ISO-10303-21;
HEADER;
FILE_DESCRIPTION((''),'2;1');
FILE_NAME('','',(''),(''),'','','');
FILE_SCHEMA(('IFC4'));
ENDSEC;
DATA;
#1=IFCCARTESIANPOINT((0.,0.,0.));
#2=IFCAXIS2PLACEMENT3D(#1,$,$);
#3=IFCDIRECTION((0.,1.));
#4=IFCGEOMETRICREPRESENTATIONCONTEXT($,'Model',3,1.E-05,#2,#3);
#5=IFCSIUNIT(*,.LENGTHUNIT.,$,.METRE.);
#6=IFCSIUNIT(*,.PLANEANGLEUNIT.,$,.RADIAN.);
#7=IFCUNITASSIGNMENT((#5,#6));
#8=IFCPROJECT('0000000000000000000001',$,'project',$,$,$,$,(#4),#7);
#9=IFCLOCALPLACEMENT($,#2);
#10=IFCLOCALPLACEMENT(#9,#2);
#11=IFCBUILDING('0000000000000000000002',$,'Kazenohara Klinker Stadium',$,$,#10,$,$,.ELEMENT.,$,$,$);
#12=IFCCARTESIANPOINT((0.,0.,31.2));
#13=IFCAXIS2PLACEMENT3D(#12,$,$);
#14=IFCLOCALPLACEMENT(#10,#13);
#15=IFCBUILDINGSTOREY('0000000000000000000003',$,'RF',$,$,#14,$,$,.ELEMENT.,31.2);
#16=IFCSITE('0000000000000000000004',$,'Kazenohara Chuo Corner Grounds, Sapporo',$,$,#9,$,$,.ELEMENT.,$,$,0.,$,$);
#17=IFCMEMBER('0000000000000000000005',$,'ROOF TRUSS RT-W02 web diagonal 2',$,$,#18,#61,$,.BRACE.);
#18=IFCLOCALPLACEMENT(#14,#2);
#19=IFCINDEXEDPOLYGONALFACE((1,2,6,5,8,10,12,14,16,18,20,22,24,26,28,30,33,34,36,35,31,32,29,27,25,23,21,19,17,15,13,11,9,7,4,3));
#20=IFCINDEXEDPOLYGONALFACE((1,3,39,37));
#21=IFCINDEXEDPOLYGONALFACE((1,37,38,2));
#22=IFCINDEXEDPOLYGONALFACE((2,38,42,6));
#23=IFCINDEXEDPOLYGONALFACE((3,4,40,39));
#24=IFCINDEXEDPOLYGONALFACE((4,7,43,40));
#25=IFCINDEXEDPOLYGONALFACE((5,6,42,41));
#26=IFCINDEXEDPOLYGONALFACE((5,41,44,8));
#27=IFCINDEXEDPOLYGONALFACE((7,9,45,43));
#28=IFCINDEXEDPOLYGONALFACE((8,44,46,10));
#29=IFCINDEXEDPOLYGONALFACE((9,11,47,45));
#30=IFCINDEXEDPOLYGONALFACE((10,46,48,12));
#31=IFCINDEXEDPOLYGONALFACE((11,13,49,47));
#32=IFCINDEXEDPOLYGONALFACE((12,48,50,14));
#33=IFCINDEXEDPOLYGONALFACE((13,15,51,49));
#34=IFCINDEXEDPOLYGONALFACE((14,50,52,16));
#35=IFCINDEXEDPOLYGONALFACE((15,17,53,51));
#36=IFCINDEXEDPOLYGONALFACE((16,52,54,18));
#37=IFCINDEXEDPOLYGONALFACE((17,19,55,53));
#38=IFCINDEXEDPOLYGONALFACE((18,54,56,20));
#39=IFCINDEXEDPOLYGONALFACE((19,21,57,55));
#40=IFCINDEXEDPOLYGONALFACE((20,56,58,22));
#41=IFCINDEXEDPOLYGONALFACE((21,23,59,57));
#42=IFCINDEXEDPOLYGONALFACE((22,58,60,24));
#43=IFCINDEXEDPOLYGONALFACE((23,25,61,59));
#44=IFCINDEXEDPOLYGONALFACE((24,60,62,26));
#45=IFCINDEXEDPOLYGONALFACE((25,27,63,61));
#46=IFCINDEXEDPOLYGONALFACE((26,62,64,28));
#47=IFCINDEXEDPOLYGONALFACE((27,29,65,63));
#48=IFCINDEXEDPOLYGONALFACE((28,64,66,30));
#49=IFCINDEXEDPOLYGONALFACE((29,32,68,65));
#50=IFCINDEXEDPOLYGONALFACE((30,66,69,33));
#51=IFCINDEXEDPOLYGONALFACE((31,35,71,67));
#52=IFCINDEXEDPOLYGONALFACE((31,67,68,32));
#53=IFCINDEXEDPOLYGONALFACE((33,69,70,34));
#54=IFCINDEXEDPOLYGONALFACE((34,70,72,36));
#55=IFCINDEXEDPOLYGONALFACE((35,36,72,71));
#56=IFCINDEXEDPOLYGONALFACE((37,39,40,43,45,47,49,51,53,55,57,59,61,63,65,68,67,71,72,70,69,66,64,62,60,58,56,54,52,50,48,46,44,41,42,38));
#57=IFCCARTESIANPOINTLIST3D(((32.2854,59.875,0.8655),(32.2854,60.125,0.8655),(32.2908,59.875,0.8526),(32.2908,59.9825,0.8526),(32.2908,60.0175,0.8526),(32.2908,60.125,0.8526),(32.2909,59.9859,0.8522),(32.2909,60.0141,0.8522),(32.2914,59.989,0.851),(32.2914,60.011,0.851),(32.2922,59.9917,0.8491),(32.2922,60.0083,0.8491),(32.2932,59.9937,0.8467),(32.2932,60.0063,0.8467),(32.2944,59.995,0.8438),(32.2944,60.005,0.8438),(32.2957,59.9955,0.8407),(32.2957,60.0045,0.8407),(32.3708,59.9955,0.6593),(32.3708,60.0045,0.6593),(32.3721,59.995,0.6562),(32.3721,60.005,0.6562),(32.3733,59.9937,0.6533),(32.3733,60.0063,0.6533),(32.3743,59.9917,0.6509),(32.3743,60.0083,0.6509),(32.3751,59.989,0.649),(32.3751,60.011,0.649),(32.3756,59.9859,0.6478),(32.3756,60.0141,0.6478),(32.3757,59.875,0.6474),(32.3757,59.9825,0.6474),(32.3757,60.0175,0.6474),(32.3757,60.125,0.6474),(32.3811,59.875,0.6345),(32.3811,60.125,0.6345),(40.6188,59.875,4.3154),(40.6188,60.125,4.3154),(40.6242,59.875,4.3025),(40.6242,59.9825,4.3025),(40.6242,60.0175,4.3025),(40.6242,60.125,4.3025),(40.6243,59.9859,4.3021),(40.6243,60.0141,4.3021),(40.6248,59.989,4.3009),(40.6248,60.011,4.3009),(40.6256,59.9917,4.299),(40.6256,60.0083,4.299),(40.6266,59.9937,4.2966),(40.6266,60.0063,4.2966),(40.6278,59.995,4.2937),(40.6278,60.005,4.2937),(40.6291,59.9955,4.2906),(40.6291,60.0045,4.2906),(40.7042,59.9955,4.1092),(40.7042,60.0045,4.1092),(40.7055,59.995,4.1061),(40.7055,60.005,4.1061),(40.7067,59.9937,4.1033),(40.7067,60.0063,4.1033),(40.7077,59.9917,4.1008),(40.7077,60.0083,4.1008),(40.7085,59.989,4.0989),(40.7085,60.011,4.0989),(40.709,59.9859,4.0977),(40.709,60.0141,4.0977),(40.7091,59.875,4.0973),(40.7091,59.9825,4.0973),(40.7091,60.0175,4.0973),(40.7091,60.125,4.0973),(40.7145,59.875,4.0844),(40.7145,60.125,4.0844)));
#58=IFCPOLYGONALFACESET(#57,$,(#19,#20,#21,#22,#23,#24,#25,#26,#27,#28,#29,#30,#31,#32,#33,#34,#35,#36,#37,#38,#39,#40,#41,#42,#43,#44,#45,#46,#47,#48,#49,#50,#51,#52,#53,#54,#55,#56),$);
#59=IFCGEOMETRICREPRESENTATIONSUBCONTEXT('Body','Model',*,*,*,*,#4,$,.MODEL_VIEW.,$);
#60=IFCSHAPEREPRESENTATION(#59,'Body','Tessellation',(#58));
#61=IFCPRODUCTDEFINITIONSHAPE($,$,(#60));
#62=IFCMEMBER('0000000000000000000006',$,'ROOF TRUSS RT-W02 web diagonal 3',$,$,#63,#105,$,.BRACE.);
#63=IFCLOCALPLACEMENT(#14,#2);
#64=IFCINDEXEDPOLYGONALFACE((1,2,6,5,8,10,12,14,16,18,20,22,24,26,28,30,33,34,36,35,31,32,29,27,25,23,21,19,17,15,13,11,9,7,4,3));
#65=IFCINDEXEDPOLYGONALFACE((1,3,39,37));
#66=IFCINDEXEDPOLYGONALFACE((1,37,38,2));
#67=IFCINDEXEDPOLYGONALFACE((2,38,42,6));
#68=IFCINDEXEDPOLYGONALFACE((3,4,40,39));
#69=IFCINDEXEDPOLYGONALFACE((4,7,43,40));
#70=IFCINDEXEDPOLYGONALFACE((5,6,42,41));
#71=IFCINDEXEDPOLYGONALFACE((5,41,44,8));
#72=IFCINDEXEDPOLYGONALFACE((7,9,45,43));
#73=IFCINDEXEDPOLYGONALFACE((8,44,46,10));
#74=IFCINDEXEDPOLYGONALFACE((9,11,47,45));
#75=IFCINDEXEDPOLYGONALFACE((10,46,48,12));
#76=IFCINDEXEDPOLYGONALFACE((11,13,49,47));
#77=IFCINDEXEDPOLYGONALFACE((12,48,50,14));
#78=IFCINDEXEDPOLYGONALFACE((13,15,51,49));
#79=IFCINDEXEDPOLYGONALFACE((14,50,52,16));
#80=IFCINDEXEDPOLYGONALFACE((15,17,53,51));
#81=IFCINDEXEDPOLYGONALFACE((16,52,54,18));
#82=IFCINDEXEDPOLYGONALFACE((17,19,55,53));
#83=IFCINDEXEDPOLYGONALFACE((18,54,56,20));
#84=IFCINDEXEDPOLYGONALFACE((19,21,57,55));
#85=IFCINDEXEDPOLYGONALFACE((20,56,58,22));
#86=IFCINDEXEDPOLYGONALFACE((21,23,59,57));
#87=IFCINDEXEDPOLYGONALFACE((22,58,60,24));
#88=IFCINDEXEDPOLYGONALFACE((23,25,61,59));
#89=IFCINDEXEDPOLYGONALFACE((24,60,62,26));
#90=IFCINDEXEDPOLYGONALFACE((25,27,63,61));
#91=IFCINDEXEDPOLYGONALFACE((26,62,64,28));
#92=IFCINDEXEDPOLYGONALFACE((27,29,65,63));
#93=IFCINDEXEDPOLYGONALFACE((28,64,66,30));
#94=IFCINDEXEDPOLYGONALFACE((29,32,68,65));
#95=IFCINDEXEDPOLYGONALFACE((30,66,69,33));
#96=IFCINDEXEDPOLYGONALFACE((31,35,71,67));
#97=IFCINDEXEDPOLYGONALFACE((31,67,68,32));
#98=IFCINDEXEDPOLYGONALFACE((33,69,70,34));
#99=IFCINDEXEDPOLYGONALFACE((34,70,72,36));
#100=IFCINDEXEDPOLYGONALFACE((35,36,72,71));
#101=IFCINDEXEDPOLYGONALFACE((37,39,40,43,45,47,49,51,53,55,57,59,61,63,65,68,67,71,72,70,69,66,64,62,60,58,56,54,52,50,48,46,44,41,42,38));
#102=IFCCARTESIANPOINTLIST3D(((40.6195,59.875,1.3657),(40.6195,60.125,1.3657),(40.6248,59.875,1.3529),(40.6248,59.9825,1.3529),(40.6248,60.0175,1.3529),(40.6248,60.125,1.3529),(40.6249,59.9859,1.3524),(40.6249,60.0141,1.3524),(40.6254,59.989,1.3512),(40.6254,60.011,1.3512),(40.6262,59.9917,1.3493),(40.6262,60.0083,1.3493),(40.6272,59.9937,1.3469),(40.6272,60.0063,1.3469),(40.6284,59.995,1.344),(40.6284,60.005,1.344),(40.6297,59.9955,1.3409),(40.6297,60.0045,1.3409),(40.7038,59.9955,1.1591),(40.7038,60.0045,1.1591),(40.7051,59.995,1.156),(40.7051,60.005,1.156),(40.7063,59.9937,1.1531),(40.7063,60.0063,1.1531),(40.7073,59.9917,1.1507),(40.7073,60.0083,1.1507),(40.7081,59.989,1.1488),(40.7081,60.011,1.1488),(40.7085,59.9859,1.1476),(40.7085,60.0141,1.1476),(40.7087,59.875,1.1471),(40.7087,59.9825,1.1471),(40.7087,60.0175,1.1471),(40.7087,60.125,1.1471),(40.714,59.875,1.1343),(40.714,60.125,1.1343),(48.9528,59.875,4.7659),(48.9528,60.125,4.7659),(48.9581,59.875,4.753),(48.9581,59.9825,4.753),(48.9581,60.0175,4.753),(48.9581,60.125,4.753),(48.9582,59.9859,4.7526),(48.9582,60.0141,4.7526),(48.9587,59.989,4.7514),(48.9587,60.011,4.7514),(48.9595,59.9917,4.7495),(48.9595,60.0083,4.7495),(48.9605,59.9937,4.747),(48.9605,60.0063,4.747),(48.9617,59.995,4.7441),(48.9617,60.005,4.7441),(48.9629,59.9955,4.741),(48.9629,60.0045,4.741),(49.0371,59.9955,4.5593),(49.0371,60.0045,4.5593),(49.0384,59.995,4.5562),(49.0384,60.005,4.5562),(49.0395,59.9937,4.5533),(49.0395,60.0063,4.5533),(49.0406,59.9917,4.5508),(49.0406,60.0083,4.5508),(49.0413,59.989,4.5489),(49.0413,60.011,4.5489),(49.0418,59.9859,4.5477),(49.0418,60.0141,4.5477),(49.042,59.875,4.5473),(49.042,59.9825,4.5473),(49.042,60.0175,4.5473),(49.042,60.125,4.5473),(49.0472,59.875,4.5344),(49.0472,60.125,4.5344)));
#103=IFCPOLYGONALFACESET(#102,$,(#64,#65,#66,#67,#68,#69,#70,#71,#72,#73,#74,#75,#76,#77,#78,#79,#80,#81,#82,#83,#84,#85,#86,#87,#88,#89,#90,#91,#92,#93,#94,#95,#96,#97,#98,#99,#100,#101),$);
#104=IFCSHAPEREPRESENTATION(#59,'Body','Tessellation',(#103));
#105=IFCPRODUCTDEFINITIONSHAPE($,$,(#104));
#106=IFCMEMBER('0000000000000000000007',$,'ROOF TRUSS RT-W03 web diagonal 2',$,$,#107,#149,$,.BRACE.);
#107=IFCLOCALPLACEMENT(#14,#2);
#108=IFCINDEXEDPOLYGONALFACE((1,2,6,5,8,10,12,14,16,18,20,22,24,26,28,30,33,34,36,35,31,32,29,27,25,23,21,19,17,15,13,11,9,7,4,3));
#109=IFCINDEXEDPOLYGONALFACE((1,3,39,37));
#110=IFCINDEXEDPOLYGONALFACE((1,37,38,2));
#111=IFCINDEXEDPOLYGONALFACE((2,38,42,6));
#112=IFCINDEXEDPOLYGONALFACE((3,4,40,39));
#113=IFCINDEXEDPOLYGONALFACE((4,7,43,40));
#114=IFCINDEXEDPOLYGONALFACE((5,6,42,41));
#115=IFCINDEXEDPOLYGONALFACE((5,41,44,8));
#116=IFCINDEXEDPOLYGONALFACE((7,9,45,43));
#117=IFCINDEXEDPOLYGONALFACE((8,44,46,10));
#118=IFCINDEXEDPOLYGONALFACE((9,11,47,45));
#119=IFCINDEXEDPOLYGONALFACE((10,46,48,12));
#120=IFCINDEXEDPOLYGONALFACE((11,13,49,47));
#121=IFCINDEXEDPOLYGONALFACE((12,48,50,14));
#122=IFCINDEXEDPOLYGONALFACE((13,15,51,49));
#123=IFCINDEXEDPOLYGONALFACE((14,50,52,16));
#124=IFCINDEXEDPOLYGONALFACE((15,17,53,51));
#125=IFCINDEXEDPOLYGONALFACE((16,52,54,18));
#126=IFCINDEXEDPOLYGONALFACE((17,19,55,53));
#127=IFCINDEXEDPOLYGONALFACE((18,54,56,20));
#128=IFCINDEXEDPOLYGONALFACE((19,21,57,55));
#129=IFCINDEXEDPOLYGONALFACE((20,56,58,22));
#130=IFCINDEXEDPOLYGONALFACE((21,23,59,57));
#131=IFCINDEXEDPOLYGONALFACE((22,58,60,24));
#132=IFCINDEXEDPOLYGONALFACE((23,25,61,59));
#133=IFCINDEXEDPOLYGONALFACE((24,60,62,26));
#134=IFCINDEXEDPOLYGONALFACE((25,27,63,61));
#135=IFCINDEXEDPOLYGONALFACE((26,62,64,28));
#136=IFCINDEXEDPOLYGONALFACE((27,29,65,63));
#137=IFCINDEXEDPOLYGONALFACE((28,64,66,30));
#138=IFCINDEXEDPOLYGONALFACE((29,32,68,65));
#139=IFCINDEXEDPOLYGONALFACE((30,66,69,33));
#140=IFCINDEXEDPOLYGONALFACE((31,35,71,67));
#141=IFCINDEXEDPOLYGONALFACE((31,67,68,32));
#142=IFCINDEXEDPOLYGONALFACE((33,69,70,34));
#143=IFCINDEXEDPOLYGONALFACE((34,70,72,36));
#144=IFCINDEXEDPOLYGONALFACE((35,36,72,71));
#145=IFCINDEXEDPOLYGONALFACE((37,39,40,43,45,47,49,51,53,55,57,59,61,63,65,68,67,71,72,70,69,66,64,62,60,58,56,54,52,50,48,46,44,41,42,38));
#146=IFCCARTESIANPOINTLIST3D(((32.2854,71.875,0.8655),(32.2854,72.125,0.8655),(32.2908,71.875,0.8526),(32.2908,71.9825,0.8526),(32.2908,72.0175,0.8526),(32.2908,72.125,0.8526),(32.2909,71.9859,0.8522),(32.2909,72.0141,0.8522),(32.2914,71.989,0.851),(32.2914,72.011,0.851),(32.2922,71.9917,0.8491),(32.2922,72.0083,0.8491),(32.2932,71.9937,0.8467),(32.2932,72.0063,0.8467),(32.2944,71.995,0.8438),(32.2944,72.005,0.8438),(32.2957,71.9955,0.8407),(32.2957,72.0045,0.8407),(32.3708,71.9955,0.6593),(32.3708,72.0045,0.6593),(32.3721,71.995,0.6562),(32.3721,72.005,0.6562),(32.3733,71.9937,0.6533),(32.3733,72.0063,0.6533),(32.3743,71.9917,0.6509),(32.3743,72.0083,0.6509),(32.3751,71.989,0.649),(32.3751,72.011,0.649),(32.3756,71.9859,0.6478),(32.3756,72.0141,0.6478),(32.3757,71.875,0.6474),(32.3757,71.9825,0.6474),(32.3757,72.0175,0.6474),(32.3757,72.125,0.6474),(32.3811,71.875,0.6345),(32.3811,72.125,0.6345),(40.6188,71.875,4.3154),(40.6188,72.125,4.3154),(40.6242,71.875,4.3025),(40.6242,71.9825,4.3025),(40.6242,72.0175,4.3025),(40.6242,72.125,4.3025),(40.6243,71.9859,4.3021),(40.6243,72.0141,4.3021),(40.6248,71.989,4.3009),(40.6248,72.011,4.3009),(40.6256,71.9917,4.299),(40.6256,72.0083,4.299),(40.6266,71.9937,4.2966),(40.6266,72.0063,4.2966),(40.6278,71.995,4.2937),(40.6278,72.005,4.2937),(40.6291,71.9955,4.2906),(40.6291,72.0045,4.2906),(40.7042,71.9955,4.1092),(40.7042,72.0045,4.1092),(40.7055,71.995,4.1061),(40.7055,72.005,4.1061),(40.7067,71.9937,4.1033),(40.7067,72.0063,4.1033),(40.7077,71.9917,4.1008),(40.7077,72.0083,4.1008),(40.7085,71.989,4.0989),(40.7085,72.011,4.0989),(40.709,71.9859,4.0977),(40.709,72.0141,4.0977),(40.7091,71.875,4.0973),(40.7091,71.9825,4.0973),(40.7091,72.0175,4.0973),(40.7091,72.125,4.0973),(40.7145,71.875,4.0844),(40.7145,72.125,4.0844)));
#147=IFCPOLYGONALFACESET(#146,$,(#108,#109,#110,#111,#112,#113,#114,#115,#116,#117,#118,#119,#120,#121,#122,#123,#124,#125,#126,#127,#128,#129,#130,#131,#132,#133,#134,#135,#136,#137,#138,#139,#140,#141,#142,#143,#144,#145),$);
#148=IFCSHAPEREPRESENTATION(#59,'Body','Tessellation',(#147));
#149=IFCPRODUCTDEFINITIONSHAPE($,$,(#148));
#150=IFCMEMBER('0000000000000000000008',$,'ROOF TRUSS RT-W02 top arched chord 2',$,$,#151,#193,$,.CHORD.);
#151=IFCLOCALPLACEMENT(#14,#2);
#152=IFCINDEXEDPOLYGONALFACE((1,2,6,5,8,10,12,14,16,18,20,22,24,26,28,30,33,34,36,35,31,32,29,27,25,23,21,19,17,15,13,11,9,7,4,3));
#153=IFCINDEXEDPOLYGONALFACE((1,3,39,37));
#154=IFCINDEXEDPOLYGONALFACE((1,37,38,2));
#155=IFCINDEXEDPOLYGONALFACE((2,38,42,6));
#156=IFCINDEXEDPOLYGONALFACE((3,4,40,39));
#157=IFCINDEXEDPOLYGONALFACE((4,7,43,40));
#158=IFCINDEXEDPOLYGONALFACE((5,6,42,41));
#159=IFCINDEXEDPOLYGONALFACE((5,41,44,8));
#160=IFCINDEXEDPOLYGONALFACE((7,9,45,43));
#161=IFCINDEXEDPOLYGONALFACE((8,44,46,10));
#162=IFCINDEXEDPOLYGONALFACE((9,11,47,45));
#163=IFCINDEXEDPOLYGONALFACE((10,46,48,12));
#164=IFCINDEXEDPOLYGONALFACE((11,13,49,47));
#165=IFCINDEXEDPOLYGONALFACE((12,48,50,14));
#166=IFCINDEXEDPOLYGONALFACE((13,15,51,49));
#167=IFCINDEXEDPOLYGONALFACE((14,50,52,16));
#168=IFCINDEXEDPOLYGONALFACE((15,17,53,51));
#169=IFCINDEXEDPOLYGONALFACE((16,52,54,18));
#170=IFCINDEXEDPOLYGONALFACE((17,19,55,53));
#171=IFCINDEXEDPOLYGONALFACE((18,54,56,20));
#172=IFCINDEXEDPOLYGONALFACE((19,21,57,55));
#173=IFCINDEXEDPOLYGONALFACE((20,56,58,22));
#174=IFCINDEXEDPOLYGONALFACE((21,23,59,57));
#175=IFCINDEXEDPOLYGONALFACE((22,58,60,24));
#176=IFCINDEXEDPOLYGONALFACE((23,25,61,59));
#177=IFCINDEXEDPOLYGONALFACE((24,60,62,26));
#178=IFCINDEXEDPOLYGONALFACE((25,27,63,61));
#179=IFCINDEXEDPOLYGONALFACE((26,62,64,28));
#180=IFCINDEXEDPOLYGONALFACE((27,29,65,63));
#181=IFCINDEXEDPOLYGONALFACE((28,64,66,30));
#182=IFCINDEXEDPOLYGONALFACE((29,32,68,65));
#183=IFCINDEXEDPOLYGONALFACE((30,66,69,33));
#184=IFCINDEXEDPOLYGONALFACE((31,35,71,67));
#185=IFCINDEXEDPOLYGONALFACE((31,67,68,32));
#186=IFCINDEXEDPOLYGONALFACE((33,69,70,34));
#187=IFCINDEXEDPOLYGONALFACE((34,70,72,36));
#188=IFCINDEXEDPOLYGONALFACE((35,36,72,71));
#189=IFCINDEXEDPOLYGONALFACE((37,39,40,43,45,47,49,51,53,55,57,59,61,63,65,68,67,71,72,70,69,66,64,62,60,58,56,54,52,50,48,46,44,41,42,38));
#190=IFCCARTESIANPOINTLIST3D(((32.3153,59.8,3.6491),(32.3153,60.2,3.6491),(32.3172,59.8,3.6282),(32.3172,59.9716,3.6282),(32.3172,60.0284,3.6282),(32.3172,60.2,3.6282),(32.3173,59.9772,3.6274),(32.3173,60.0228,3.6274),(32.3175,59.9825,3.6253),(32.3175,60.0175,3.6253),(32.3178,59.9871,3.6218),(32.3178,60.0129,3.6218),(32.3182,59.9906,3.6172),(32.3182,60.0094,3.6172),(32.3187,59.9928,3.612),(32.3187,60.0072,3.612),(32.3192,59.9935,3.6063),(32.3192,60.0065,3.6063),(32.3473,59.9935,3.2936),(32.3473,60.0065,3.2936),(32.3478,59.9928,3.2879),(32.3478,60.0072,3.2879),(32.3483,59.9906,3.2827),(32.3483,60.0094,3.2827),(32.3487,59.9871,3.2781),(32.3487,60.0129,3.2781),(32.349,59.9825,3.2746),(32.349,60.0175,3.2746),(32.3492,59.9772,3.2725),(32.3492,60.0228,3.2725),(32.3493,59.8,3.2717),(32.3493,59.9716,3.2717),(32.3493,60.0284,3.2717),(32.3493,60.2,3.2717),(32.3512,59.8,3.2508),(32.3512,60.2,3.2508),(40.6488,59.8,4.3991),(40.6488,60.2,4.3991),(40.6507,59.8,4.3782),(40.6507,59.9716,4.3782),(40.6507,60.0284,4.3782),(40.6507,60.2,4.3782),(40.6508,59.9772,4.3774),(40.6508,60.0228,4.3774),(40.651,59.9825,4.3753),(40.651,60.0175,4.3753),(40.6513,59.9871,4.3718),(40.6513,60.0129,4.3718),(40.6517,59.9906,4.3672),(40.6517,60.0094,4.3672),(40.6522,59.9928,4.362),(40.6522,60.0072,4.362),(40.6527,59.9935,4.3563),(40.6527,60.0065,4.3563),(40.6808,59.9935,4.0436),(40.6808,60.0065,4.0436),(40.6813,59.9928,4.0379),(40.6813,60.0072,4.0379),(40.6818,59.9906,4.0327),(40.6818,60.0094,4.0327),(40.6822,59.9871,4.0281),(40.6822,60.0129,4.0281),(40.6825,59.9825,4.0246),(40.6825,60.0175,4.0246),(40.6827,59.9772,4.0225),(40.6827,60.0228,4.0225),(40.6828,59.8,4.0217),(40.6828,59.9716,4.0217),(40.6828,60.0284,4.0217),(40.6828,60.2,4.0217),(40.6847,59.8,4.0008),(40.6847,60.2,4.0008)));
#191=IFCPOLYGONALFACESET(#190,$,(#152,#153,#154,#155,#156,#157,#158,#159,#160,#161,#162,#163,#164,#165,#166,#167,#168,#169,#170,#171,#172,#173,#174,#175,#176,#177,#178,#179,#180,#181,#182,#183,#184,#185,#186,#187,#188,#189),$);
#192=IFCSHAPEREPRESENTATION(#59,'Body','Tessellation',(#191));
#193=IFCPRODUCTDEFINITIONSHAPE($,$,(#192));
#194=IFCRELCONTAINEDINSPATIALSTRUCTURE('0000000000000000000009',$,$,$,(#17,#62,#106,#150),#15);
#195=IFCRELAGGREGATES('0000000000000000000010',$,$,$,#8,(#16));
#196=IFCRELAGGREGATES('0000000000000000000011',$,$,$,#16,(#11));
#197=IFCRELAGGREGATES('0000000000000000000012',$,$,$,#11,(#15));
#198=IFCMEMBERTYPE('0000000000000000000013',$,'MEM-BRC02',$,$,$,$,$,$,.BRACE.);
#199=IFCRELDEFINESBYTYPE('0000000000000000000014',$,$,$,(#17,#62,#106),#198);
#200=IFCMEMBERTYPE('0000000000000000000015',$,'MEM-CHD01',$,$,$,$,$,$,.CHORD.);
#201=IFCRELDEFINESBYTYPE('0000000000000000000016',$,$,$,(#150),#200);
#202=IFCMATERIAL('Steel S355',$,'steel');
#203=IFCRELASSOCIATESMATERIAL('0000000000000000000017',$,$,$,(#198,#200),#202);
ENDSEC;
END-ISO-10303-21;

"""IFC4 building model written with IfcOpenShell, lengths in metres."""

from ifc_helpers import new_model, si_unit, direction, frame, origin, origin_2d, place, context, subcontext, project, spatial, i_section, extrude, material, material_profile, profile_set, type_object, element, save


model = new_model("IFC4")

# Units and contexts
model_context = context("Model", 3, precision=1e-05, world=origin(), true_north=direction((0.0, 1.0)))
body_context = subcontext(model_context, "Body", "Model", "MODEL_VIEW")
ifc_project = project(units=[si_unit("LENGTHUNIT", "METRE"), si_unit("PLANEANGLEUNIT", "RADIAN")], contexts=[model_context])

# Site, building, storey
site_placement = place(None, origin())
site = spatial("IfcSite", under=ifc_project, at=site_placement, Name="Kazenohara Chuo Corner Grounds, Sapporo", CompositionType="ELEMENT", RefElevation=0.0)
building_placement = place(site_placement, origin())
building = spatial("IfcBuilding", under=site, at=building_placement, Name="Kazenohara Klinker Stadium", CompositionType="ELEMENT")
storey_placement = place(building_placement, frame((0.0, 0.0, 31.2)))
storey = spatial("IfcBuildingStorey", under=building, at=storey_placement, Name="RF", CompositionType="ELEMENT", Elevation=31.2)

# Members
ifc_material_1 = material(Name="Steel S355", Category="steel")
ifc_material_profile_1 = material_profile(ifc_material_1, i_section(OverallWidth=0.25, OverallDepth=0.25, WebThickness=0.009, FlangeThickness=0.0139, FilletRadius=0.0129, at=origin_2d()), Name="H-250x250x9x14")
ifc_profile_set_1 = profile_set([ifc_material_profile_1], Name="Steel S355")
member_type_1 = type_object("IfcMemberType", Name="MEM-BRC02", PredefinedType="BRACE", material=ifc_profile_set_1)
member_1_placement = place(storey_placement, frame((32.3333, 60.0, 0.75), z_axis=(0.923954, 0.0, 0.382504), x_axis=(0.0, 1.0, 0.0)))
element("IfcMember", 1, at=member_1_placement, inside=storey, type_object=member_type_1, Name="ROOF TRUSS RT-W02 web diagonal 2", PredefinedType="BRACE", context=body_context, shape_type="SweptSolid", body=[
    extrude(i_section(OverallWidth=0.25, OverallDepth=0.25, WebThickness=0.009, FlangeThickness=0.0139, FilletRadius=0.0129, at=origin_2d()), origin(), (0.0, 0.0, 1.0), 9.0193),
])
member_2_placement = place(storey_placement, frame((40.6667, 60.0, 1.25), z_axis=(0.925894, 0.0, 0.377785), x_axis=(0.0, 1.0, 0.0)))
element("IfcMember", 2, at=member_2_placement, inside=storey, type_object=member_type_1, Name="ROOF TRUSS RT-W02 web diagonal 3", PredefinedType="BRACE", context=body_context, shape_type="SweptSolid", body=[
    extrude(i_section(OverallWidth=0.25, OverallDepth=0.25, WebThickness=0.009, FlangeThickness=0.0139, FilletRadius=0.0129, at=origin_2d()), origin(), (0.0, 0.0, 1.0), 9.0002),
])
member_3_placement = place(storey_placement, frame((32.3333, 72.0, 0.75), z_axis=(0.923954, 0.0, 0.382504), x_axis=(0.0, 1.0, 0.0)))
element("IfcMember", 3, at=member_3_placement, inside=storey, type_object=member_type_1, Name="ROOF TRUSS RT-W03 web diagonal 2", PredefinedType="BRACE", context=body_context, shape_type="SweptSolid", body=[
    extrude(i_section(OverallWidth=0.25, OverallDepth=0.25, WebThickness=0.009, FlangeThickness=0.0139, FilletRadius=0.0129, at=origin_2d()), origin(), (0.0, 0.0, 1.0), 9.0193),
])
ifc_material_profile_2 = material_profile(ifc_material_1, i_section(OverallWidth=0.3999, OverallDepth=0.3999, WebThickness=0.0129, FlangeThickness=0.021, FilletRadius=0.022, at=origin_2d()), Name="H-400x400x13x21")
ifc_profile_set_2 = profile_set([ifc_material_profile_2], Name="Steel S355")
member_type_2 = type_object("IfcMemberType", Name="MEM-CHD01", PredefinedType="CHORD", material=ifc_profile_set_2)
member_4_placement = place(storey_placement, frame((32.3333, 60.0, 3.45), z_axis=(0.995975, 0.0, 0.089636), x_axis=(0.0, 1.0, 0.0)))
element("IfcMember", 4, at=member_4_placement, inside=storey, type_object=member_type_2, Name="ROOF TRUSS RT-W02 top arched chord 2", PredefinedType="CHORD", context=body_context, shape_type="SweptSolid", body=[
    extrude(i_section(OverallWidth=0.3999, OverallDepth=0.3999, WebThickness=0.0129, FlangeThickness=0.021, FilletRadius=0.022, at=origin_2d()), origin(), (0.0, 0.0, 1.0), 8.3672),
])

save(model, "model.ifc")
